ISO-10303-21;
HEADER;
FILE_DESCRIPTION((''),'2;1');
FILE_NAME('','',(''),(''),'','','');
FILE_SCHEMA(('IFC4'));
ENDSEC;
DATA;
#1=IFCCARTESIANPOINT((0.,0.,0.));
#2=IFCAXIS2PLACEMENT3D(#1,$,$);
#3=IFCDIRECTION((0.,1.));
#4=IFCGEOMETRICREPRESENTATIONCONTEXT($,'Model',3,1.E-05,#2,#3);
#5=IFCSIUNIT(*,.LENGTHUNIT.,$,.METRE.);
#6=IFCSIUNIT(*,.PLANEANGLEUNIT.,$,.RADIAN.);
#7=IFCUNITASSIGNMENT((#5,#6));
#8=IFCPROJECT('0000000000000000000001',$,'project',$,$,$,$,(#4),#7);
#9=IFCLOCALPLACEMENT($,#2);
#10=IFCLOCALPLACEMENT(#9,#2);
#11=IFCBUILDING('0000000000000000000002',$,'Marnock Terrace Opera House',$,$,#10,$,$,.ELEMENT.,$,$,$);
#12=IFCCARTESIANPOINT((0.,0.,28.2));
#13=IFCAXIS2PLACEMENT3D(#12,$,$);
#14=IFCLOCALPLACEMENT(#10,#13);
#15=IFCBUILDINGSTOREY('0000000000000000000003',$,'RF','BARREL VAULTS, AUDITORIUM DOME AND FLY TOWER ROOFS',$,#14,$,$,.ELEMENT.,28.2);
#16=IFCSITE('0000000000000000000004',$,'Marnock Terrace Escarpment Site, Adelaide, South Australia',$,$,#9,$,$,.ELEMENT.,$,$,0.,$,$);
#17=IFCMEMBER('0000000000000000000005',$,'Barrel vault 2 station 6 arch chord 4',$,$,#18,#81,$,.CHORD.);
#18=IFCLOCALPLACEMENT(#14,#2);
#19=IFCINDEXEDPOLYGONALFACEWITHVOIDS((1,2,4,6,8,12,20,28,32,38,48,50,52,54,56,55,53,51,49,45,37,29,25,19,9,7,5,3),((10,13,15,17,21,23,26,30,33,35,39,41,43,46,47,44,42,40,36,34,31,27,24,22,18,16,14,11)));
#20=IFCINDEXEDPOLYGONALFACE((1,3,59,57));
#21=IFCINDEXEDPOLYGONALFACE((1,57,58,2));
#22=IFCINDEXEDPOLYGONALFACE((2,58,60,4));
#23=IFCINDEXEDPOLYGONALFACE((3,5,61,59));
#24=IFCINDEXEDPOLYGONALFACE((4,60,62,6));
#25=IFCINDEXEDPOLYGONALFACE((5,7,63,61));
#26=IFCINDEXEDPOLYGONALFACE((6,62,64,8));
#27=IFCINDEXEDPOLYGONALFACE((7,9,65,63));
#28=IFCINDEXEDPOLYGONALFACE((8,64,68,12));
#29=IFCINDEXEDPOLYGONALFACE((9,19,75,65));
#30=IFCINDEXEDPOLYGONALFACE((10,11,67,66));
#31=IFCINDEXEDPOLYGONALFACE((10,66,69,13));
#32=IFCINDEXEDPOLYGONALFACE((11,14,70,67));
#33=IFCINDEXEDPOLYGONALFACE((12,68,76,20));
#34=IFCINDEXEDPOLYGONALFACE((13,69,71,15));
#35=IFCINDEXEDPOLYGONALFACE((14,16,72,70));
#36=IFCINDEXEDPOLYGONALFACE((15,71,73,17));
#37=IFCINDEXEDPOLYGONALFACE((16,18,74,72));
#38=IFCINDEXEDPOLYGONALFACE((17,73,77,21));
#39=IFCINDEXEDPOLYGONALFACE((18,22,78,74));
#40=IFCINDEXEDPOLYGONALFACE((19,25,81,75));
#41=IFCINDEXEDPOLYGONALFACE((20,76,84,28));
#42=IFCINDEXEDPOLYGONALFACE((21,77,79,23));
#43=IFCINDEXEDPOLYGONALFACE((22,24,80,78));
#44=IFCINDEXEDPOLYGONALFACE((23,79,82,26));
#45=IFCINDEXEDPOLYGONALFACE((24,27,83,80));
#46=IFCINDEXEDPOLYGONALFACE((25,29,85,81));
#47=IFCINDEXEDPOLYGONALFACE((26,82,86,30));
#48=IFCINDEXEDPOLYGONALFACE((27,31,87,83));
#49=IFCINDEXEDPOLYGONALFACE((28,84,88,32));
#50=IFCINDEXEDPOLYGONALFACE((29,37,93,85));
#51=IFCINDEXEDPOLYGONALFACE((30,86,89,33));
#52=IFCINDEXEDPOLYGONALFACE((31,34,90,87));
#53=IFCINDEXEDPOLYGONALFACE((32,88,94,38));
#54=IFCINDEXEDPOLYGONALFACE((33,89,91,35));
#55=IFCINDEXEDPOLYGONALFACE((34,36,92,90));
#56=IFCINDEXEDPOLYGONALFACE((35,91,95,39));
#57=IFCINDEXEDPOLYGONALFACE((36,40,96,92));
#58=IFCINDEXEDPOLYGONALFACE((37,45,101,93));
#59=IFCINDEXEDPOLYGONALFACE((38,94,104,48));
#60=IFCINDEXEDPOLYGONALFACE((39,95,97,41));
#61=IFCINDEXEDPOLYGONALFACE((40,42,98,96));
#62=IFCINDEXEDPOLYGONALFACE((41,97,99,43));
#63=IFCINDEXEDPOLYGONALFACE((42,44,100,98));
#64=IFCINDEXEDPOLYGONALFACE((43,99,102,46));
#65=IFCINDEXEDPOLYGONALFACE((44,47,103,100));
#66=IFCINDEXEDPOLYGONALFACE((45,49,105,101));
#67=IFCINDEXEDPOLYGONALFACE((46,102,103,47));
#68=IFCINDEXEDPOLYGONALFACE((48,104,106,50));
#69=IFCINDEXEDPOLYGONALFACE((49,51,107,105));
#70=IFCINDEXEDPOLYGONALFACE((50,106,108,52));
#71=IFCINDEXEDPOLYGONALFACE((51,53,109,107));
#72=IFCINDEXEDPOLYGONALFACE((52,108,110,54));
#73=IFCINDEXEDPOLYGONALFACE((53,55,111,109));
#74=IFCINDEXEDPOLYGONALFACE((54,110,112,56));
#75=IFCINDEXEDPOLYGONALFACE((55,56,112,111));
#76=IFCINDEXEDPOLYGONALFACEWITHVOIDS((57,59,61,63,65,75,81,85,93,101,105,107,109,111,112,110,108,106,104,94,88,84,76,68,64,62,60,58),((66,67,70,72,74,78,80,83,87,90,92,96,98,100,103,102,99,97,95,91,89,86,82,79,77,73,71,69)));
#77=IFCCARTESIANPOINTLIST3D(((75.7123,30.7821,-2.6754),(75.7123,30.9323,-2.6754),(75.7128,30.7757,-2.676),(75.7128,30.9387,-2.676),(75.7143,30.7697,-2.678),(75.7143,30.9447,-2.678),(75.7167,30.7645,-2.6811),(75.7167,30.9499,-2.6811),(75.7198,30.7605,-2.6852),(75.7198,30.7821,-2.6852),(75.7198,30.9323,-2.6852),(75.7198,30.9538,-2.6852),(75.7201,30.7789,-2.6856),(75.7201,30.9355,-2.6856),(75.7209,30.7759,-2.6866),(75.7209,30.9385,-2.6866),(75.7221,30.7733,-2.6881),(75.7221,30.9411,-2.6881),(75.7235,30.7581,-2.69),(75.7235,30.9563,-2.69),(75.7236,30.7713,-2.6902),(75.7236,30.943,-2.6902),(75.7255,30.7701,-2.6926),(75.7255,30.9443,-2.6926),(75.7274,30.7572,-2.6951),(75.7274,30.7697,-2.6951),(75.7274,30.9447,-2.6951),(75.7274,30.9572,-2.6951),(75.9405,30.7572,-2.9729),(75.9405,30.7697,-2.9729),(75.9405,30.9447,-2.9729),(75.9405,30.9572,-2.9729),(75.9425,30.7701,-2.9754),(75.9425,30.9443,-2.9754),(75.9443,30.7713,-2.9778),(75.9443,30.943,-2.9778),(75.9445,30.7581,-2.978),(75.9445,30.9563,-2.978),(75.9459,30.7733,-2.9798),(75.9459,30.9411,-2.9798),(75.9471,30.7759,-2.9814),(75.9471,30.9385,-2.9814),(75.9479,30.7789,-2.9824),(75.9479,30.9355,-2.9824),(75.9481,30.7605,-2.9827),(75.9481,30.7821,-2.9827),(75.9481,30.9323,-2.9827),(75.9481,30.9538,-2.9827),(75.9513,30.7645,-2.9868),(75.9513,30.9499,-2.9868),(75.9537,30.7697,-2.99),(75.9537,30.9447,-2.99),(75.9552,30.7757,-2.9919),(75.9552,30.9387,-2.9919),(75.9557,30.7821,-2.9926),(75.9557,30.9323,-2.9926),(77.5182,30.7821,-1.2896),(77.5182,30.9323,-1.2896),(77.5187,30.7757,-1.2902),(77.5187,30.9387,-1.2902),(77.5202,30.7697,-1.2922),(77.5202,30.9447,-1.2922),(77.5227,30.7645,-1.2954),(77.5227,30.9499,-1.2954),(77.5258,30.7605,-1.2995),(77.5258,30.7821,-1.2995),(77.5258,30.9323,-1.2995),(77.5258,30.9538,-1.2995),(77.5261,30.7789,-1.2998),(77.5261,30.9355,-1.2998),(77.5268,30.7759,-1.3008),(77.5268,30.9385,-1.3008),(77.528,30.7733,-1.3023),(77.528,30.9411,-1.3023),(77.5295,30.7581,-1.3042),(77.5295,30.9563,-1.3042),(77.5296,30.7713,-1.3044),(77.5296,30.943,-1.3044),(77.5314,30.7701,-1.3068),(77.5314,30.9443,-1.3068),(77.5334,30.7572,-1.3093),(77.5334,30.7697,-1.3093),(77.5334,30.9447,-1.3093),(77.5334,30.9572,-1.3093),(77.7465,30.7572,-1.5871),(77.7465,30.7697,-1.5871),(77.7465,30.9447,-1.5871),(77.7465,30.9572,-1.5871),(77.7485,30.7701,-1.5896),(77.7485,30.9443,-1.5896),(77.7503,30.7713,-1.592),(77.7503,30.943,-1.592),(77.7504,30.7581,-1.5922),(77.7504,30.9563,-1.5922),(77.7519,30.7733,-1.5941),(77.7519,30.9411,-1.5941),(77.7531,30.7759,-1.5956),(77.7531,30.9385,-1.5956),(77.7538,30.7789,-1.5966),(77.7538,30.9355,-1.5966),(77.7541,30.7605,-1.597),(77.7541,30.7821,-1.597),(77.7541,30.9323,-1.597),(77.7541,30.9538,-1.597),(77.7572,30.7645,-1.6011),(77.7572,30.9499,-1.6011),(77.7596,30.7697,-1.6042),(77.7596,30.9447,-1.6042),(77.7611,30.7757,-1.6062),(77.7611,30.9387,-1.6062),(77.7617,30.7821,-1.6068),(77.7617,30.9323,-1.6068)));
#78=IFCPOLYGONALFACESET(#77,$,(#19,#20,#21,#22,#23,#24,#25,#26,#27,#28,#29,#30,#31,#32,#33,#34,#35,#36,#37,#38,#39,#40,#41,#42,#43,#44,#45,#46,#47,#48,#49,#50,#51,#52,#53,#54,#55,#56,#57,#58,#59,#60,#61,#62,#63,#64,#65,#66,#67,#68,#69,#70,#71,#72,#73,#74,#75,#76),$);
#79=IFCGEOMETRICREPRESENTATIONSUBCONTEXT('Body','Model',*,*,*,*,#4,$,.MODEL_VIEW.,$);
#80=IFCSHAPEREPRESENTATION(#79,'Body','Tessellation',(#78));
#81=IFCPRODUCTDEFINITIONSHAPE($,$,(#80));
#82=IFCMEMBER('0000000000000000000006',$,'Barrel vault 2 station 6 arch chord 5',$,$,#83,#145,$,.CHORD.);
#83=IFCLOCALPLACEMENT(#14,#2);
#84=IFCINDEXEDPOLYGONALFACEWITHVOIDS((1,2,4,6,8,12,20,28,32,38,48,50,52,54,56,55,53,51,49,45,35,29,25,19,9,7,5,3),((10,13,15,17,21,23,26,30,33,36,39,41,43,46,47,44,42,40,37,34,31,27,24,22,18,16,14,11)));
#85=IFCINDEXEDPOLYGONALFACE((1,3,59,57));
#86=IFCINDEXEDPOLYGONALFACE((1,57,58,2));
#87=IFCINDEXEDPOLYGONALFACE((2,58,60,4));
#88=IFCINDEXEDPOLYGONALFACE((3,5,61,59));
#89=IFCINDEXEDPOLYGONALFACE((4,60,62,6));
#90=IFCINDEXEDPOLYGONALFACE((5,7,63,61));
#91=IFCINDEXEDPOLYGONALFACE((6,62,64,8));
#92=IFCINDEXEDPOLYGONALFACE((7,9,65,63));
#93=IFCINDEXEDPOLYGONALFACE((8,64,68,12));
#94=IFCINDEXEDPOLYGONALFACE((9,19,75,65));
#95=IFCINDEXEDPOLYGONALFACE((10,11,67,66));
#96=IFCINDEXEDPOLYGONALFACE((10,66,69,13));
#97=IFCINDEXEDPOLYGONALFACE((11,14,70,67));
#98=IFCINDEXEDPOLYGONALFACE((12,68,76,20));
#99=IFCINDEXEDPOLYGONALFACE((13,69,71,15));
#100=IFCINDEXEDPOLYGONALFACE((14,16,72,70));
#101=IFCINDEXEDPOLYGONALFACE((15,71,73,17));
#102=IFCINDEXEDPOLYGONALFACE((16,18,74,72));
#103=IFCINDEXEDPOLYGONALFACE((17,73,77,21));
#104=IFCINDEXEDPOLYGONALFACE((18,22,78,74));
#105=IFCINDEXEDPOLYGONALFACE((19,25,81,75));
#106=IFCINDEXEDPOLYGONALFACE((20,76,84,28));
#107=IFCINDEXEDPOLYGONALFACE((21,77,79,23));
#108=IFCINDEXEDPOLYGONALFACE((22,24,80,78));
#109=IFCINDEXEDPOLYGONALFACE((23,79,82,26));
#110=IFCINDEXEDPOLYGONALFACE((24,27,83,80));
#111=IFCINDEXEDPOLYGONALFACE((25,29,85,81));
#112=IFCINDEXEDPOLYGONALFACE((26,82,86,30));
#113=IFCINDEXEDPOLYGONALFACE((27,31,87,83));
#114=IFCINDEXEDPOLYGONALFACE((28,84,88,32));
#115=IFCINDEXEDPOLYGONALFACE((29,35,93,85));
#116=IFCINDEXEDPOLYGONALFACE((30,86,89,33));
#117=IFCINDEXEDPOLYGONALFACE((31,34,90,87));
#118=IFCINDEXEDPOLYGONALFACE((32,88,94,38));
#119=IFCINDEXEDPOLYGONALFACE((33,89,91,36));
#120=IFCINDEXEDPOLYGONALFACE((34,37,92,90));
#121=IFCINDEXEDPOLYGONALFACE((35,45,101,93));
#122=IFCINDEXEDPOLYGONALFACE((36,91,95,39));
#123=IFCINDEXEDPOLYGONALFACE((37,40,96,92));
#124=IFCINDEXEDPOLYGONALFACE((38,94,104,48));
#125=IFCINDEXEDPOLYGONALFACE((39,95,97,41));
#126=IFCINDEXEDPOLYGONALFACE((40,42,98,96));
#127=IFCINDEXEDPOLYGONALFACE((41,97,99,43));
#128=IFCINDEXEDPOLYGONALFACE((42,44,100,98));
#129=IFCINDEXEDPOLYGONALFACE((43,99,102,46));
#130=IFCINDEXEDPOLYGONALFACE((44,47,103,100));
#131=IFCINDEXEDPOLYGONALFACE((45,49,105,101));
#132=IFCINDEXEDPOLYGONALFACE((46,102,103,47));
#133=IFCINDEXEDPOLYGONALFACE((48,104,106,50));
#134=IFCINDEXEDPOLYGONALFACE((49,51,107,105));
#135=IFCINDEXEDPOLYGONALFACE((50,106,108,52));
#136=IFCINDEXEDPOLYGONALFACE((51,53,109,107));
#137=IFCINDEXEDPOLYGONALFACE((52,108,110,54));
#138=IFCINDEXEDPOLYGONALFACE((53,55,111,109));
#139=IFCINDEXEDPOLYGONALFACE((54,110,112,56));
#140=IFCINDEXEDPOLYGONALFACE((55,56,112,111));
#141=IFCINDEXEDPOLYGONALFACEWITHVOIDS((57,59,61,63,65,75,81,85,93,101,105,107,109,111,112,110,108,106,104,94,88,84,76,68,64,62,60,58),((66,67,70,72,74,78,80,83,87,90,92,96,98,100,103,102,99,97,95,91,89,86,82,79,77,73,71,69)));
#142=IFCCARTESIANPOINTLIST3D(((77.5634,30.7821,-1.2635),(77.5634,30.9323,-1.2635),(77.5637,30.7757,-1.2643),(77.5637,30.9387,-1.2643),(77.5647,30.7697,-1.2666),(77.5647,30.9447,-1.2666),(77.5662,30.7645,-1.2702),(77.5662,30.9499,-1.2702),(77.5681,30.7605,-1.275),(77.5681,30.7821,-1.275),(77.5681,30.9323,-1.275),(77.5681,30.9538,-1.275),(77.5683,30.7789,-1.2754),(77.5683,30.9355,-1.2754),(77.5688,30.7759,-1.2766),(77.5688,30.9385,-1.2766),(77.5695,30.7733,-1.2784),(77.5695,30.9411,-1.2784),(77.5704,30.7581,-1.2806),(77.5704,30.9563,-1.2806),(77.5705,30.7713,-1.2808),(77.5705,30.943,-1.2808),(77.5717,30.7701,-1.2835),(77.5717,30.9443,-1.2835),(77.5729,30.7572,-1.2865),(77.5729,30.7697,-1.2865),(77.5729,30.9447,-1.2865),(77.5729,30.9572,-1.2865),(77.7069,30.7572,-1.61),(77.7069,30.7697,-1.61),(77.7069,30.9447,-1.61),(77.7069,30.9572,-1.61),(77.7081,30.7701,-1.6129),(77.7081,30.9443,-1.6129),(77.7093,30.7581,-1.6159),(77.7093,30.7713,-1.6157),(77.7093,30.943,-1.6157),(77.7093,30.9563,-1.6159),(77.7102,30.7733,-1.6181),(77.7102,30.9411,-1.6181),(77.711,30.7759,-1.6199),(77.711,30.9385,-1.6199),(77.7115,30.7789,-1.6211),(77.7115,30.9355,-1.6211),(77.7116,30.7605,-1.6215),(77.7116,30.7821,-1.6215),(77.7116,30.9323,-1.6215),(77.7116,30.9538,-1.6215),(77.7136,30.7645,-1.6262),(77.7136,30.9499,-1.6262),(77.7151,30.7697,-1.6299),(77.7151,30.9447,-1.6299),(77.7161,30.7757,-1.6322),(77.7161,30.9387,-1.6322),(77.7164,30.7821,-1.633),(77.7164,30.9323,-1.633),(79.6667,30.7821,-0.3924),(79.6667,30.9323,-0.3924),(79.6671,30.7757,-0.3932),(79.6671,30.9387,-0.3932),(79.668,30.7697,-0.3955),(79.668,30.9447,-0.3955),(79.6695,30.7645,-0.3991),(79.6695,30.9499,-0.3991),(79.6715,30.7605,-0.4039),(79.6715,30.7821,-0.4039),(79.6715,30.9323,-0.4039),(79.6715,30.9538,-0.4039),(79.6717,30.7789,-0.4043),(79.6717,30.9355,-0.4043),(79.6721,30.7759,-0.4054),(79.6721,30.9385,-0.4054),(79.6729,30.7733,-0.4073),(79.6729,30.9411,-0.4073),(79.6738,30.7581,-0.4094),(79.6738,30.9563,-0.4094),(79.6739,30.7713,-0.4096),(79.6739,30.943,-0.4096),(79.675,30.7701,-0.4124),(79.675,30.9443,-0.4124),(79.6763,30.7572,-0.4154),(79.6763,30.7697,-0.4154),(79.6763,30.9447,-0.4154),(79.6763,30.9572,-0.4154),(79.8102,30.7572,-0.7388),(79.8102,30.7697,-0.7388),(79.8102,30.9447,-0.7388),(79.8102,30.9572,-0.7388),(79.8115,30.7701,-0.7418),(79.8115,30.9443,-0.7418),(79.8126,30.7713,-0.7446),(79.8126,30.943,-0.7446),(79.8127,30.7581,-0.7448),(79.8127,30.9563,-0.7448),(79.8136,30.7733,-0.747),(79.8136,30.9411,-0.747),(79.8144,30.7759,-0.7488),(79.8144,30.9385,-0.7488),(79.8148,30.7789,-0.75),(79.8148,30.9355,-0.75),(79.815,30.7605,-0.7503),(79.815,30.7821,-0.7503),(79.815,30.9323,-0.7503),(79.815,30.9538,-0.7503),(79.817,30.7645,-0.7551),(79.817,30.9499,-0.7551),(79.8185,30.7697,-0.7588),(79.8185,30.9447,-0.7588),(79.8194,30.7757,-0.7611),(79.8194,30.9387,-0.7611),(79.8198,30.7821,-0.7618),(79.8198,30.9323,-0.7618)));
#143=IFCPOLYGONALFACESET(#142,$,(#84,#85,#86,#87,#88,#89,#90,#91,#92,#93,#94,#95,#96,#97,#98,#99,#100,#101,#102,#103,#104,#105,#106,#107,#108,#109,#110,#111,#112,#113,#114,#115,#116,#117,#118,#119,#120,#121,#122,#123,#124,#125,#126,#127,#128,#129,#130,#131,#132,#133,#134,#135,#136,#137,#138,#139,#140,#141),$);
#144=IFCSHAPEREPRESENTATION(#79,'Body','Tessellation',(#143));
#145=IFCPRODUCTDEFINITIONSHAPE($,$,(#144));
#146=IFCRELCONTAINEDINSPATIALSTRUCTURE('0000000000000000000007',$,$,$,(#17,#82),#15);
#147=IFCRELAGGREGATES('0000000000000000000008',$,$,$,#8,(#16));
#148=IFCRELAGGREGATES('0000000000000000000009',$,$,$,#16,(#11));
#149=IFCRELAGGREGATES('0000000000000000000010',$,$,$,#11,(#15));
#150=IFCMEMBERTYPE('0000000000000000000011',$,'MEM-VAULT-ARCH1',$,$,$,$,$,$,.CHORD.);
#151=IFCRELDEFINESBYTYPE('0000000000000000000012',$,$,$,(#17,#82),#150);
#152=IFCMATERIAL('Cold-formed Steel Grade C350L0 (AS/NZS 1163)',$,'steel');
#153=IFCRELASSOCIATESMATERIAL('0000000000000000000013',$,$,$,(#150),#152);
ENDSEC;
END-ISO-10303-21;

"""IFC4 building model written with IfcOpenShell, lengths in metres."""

from ifc_helpers import new_model, si_unit, direction, frame, origin, origin_2d, place, context, subcontext, project, spatial, hollow_rectangle, extrude, material, material_profile, profile_set, type_object, element, save


model = new_model("IFC4")

# Units and contexts
model_context = context("Model", 3, precision=1e-05, world=origin(), true_north=direction((0.0, 1.0)))
body_context = subcontext(model_context, "Body", "Model", "MODEL_VIEW")
ifc_project = project(units=[si_unit("LENGTHUNIT", "METRE"), si_unit("PLANEANGLEUNIT", "RADIAN")], contexts=[model_context])

# Site, building, storey
site_placement = place(None, origin())
site = spatial("IfcSite", under=ifc_project, at=site_placement, Name="Marnock Terrace Escarpment Site, Adelaide, South Australia", CompositionType="ELEMENT", RefElevation=0.0)
building_placement = place(site_placement, origin())
building = spatial("IfcBuilding", under=site, at=building_placement, Name="Marnock Terrace Opera House", CompositionType="ELEMENT")
storey_placement = place(building_placement, frame((0.0, 0.0, 28.2)))
storey = spatial("IfcBuildingStorey", under=building, at=storey_placement, Name="RF", Description="BARREL VAULTS, AUDITORIUM DOME AND FLY TOWER ROOFS", CompositionType="ELEMENT", Elevation=28.2)

# Members
ifc_material = material(Name="Cold-formed Steel Grade C350L0 (AS/NZS 1163)", Category="steel")
ifc_material_profile_1 = material_profile(ifc_material, hollow_rectangle(XDim=0.2, YDim=0.3999, WallThickness=0.0125, InnerFilletRadius=0.0125, OuterFilletRadius=0.0249, at=origin_2d()))
ifc_profile_set_1 = profile_set([ifc_material_profile_1], Name="Cold-formed Steel Grade C350L0 (AS/NZS 1163)")
member_type_1 = type_object("IfcMemberType", Name="MEM-VAULT-ARCH1", PredefinedType="CHORD", material=ifc_profile_set_1)
for number, where, z_axis, x_axis, name in (
    (1, (75.834, 30.8572, -2.834), (0.793349, 0.0, 0.608767), (0.0, 1.0, 0.0), "Barrel vault 2 station 6 arch chord 4"),
):
    element("IfcMember", number, at=place(storey_placement, frame(where, z_axis=z_axis, x_axis=x_axis)), inside=storey, type_object=member_type_1, Name=name, PredefinedType="CHORD", context=body_context, shape_type="SweptSolid", body=[
        extrude(hollow_rectangle(XDim=0.2, YDim=0.3999, WallThickness=0.0125, InnerFilletRadius=0.0125, OuterFilletRadius=0.0249, at=origin_2d()), origin(), (0.0, 0.0, 1.0), 2.2764),
    ])
member_1_placement = place(storey_placement, frame((77.6399, 30.8572, -1.4482), z_axis=(0.923897, 0.0, 0.382642), x_axis=(0.0, 1.0, 0.0)))
element("IfcMember", 2, at=member_1_placement, inside=storey, type_object=member_type_1, Name="Barrel vault 2 station 6 arch chord 5", PredefinedType="CHORD", context=body_context, shape_type="SweptSolid", body=[
    extrude(hollow_rectangle(XDim=0.2, YDim=0.3999, WallThickness=0.0125, InnerFilletRadius=0.0125, OuterFilletRadius=0.0249, at=origin_2d()), origin(), (0.0, 0.0, 1.0), 2.2766),
])

save(model, "model.ifc")
